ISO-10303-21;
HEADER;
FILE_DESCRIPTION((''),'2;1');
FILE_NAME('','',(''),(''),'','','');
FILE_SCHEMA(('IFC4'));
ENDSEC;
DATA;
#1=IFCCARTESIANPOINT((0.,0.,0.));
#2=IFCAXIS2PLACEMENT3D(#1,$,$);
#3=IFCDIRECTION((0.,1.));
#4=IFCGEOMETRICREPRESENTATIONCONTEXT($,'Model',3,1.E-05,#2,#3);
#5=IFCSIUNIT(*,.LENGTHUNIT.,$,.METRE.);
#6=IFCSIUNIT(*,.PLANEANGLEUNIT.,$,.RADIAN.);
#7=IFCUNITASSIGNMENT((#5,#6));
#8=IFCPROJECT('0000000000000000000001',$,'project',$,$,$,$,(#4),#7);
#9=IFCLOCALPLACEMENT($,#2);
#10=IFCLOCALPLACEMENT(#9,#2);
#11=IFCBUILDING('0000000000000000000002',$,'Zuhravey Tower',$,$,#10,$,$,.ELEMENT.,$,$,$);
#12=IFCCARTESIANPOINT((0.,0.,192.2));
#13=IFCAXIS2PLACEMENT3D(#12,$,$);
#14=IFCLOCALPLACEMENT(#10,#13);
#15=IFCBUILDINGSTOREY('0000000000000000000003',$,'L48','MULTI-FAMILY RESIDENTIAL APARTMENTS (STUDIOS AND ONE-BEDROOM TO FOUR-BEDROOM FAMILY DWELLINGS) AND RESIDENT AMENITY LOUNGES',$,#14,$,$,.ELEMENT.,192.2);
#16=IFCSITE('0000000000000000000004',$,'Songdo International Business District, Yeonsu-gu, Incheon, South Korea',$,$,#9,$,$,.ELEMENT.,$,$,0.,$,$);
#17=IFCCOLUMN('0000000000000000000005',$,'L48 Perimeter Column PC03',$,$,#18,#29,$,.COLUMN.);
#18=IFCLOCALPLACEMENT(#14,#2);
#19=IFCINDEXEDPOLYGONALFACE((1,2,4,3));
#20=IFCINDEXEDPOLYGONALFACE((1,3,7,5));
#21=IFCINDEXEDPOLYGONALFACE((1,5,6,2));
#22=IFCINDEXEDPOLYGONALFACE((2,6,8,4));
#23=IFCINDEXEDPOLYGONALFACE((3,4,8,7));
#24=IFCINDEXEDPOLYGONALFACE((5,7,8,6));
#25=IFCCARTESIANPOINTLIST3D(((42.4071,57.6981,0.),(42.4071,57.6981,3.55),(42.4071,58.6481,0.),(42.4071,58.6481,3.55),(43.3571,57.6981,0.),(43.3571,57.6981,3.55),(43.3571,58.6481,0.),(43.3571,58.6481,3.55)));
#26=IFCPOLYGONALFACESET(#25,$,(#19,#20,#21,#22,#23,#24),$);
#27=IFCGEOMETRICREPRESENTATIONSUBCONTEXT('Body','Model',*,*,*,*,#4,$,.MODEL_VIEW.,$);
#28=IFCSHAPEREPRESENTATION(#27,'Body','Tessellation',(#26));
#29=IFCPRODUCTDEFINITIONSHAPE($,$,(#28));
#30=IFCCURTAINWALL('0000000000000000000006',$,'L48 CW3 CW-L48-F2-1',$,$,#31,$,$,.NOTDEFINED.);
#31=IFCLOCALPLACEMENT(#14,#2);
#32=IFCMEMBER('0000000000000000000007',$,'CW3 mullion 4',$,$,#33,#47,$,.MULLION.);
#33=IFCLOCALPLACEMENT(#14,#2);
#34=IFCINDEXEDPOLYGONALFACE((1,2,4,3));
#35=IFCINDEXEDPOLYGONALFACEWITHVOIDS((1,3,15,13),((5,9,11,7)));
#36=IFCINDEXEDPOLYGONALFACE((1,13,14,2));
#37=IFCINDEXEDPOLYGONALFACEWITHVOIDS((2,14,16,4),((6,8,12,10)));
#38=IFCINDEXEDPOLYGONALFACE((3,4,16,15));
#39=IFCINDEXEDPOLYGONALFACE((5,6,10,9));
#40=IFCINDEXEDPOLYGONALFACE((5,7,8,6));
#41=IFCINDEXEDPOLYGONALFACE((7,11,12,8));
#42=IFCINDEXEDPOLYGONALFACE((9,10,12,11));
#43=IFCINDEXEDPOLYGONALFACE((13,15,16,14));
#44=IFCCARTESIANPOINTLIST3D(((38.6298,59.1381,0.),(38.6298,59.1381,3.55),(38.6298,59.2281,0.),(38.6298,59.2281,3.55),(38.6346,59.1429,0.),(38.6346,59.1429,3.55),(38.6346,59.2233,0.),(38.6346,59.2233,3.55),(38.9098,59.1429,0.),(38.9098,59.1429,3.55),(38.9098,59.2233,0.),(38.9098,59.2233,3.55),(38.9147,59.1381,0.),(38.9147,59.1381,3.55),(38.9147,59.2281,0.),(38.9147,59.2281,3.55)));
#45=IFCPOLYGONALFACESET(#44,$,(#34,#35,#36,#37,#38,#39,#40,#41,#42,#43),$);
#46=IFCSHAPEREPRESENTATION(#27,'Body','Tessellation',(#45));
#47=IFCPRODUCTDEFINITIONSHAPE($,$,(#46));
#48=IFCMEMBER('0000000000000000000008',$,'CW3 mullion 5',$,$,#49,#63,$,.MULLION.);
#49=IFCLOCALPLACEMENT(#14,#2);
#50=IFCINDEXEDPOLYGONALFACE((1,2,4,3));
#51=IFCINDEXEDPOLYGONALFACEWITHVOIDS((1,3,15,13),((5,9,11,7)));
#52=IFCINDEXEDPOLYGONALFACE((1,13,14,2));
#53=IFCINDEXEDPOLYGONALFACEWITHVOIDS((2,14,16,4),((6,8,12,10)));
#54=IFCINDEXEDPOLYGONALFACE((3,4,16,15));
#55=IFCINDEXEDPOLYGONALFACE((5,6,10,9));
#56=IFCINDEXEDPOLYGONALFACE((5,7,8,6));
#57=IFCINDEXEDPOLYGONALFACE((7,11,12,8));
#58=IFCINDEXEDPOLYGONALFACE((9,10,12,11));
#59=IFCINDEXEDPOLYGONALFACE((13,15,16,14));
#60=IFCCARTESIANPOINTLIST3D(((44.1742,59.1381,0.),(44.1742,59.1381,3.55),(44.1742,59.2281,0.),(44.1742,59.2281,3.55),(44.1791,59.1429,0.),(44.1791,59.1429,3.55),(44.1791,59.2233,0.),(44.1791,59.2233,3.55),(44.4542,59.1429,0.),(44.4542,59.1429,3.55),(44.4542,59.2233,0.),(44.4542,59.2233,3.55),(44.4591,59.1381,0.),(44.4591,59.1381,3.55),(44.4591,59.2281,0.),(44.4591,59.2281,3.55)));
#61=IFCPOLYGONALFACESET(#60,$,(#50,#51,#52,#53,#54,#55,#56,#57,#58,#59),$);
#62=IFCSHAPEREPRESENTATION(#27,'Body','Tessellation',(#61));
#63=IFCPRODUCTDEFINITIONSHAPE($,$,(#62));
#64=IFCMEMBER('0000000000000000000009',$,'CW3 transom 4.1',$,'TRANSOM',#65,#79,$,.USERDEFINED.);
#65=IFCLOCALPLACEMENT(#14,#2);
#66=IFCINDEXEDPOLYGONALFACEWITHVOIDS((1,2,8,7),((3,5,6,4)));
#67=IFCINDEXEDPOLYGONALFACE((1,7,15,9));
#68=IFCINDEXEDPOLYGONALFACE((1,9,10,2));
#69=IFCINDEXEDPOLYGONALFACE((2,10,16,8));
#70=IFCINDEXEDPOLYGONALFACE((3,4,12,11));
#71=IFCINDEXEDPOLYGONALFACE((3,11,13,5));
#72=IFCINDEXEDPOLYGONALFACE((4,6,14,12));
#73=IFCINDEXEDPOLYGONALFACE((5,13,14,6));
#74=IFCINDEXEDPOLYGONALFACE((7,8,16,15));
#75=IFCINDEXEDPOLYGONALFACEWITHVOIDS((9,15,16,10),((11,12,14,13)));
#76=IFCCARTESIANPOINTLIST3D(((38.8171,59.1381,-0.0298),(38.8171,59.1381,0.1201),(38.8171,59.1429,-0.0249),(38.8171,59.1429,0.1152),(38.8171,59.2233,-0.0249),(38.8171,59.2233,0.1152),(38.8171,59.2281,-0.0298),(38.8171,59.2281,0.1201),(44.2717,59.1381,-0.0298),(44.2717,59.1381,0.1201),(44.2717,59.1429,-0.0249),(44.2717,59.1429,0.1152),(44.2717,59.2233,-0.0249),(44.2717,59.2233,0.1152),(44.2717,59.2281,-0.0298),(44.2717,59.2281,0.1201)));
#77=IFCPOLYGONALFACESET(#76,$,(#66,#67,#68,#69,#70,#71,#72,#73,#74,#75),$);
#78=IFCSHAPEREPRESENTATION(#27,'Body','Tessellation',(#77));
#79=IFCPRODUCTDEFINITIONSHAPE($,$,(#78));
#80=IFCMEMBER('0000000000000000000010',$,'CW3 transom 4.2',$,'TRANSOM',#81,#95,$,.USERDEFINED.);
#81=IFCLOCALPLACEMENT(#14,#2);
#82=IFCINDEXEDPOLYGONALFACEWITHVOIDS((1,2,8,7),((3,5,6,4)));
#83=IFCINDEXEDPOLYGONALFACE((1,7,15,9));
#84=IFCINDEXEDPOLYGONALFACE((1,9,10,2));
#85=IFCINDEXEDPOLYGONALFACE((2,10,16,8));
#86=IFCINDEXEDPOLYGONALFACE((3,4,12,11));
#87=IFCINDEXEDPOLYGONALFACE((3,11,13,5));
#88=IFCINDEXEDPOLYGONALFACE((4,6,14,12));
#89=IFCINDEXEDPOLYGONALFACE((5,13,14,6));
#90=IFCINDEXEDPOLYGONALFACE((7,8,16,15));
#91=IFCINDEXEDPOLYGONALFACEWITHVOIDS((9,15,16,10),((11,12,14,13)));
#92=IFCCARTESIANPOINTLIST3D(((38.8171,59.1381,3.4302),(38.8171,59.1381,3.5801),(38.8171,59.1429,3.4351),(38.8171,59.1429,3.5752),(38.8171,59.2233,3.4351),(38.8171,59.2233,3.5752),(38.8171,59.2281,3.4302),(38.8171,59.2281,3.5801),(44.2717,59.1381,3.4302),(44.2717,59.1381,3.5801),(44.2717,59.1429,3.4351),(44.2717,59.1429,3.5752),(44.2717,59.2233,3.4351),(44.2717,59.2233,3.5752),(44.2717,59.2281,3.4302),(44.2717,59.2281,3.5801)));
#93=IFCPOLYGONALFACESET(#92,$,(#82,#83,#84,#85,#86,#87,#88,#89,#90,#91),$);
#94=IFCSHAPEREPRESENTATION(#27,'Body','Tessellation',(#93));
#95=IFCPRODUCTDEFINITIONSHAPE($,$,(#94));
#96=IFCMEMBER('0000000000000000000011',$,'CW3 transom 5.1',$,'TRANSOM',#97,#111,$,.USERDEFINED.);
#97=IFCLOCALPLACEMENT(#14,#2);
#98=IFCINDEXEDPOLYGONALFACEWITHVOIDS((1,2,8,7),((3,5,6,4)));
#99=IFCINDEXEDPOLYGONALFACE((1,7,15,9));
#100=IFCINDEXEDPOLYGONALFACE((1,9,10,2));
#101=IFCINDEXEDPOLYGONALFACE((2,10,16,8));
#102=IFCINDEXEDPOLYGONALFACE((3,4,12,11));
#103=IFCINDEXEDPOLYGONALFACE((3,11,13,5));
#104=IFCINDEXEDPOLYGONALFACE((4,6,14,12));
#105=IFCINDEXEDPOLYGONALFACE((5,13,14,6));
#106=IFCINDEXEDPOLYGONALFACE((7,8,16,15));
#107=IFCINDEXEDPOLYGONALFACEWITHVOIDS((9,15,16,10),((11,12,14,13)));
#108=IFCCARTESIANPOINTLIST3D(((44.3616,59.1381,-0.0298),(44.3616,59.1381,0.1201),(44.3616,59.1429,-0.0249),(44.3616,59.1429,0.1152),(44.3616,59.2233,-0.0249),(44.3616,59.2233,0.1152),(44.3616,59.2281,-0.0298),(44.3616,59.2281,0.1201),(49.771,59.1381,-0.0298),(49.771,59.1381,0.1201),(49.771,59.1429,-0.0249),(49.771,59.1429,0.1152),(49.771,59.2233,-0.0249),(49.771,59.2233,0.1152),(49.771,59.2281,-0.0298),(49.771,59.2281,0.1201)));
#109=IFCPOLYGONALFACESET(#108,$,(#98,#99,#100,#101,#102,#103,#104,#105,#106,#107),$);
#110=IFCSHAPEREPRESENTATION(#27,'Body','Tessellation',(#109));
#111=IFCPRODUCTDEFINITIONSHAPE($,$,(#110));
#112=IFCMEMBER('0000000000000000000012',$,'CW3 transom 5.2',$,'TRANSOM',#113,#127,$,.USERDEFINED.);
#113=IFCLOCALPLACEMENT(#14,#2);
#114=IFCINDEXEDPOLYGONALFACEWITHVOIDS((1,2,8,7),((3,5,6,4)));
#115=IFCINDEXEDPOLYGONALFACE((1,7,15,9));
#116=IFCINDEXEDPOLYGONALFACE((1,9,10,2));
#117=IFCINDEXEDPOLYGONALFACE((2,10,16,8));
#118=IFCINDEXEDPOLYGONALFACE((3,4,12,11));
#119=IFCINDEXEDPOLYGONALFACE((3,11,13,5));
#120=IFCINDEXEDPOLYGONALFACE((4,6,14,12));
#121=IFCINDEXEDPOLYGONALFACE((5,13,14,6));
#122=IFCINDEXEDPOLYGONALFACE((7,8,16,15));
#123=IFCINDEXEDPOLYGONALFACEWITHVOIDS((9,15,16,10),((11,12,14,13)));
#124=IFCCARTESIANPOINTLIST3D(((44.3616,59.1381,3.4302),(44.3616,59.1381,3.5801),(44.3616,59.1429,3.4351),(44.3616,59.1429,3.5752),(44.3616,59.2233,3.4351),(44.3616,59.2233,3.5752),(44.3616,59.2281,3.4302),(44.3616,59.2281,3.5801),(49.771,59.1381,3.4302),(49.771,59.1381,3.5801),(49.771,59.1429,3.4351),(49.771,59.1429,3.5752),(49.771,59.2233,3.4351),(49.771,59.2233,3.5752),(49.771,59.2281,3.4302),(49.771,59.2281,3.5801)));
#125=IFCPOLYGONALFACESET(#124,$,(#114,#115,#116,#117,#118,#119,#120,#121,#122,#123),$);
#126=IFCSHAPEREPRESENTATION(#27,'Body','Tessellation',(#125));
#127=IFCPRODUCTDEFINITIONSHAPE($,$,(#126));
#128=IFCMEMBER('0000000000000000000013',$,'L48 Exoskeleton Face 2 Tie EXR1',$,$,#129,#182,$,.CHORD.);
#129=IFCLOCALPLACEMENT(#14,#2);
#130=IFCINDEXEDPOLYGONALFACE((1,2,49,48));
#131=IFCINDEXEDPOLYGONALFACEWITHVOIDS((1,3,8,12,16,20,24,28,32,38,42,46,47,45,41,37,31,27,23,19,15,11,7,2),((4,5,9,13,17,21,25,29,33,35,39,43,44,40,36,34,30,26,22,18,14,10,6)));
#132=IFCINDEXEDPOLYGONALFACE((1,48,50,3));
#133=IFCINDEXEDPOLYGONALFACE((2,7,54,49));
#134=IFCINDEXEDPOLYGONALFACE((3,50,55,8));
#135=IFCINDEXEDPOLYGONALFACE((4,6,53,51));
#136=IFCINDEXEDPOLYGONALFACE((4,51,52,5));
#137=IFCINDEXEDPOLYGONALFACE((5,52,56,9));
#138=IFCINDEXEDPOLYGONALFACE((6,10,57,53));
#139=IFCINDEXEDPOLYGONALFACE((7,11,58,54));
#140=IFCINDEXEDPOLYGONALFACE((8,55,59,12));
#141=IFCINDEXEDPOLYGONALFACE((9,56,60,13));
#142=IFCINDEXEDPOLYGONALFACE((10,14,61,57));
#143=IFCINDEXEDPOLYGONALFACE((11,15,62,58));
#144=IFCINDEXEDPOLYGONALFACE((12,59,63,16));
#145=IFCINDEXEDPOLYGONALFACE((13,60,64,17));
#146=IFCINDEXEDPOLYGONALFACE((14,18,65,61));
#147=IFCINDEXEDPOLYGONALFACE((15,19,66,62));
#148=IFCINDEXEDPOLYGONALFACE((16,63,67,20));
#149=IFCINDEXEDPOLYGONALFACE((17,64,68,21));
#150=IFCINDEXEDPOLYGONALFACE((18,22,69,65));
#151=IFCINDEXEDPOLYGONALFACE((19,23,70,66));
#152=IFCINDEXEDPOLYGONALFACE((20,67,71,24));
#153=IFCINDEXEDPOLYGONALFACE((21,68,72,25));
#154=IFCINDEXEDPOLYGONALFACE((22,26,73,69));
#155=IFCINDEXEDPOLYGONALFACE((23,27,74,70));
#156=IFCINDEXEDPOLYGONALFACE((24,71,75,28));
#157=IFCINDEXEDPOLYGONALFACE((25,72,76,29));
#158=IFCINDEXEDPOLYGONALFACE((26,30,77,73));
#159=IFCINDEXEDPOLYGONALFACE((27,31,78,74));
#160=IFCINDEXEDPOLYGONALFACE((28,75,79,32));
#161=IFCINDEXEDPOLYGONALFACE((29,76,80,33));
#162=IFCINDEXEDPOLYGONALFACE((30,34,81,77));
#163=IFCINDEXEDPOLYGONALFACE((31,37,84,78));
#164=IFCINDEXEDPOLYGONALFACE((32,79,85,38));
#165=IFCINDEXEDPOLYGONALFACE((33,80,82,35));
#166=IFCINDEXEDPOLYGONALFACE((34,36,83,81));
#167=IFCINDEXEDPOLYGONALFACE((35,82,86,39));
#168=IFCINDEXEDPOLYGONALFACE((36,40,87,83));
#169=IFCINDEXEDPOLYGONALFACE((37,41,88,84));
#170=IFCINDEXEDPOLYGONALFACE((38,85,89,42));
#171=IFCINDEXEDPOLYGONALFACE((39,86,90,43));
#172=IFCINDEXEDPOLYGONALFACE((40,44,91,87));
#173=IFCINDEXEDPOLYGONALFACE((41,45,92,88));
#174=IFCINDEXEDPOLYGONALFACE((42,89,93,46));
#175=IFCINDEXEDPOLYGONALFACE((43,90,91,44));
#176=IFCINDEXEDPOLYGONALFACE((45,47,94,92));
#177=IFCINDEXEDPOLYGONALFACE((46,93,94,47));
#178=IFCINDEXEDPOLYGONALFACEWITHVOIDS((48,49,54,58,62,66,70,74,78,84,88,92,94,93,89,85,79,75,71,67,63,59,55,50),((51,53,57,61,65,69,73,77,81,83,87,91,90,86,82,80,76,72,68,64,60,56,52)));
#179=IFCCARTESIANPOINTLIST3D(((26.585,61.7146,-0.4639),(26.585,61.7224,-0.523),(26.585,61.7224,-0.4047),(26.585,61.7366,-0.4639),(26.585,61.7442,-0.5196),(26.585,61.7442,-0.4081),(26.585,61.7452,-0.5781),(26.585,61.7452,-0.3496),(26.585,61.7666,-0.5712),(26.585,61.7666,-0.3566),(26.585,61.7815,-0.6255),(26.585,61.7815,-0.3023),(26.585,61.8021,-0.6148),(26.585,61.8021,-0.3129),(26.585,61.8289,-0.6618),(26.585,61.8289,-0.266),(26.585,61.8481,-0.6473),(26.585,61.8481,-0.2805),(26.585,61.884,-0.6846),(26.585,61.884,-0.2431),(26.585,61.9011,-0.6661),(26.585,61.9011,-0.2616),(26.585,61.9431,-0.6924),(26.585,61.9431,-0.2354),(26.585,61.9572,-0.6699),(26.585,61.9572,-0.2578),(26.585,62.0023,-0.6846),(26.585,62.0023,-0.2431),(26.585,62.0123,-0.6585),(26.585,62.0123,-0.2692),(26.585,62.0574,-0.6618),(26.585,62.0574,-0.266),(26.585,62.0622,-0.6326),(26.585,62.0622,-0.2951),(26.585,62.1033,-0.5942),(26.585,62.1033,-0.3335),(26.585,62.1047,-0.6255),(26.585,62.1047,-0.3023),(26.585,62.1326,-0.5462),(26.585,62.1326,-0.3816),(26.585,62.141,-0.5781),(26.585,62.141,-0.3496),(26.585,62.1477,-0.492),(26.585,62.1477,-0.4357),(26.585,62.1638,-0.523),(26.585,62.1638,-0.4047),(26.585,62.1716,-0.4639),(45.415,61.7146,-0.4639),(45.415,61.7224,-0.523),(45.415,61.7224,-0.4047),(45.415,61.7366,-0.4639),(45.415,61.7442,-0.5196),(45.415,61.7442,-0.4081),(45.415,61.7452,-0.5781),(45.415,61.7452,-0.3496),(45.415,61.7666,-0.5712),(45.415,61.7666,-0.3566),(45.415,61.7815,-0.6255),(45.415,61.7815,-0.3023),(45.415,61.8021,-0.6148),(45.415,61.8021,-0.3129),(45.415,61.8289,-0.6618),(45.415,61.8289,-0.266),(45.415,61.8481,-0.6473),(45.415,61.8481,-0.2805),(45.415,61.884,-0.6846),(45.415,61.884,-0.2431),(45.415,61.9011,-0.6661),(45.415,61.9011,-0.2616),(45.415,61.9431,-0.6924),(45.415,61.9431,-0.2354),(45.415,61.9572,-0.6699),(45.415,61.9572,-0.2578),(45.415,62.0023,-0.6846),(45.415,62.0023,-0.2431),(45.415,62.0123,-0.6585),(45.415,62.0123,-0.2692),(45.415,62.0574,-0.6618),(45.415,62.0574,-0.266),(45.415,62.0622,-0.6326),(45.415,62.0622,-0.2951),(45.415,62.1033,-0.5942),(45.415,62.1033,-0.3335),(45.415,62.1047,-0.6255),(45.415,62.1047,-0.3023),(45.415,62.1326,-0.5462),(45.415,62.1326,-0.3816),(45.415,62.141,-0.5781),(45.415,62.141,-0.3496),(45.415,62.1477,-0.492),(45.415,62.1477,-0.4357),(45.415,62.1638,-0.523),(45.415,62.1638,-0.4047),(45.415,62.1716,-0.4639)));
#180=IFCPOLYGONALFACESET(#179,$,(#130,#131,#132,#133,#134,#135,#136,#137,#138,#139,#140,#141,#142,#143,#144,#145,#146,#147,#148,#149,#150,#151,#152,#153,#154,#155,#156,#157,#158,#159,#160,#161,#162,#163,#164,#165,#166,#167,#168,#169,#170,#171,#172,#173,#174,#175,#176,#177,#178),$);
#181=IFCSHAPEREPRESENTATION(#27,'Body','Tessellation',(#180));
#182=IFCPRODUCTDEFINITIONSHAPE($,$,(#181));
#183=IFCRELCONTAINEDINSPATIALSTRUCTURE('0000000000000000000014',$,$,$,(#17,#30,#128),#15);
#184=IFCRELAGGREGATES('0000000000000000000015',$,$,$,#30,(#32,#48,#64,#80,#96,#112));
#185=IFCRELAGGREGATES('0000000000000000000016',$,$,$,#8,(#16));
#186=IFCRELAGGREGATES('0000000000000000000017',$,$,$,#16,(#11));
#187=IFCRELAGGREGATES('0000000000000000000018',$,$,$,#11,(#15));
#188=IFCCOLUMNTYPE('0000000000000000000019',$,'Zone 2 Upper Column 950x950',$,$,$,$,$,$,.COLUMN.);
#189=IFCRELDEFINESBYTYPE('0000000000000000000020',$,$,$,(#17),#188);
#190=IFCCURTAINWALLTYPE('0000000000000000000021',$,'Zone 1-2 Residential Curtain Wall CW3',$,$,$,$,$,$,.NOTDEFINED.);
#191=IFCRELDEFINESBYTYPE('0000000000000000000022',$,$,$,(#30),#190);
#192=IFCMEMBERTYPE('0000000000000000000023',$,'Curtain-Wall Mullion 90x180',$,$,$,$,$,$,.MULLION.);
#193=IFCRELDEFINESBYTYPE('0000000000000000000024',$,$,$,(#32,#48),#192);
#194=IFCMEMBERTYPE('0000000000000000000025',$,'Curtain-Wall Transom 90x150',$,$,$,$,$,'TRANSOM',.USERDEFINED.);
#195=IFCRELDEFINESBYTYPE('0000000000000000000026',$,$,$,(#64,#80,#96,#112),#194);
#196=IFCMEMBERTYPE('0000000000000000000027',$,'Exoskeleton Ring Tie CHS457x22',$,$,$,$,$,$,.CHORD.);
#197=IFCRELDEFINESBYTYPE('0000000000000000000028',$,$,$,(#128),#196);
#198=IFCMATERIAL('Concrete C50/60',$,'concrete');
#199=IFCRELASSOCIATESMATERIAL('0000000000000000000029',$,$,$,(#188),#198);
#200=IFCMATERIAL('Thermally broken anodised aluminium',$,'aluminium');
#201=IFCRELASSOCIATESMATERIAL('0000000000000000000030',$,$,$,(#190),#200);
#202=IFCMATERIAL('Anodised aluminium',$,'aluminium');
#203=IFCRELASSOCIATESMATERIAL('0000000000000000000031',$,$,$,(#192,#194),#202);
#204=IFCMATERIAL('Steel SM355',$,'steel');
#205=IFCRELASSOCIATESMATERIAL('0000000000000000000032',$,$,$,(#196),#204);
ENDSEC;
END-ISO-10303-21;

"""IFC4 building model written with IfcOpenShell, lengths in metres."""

from ifc_helpers import new_model, si_unit, direction, frame, origin, origin_2d, place, context, subcontext, project, spatial, rectangle, hollow_rectangle, hollow_circle, extrude, material, material_profile, profile_set, type_object, element, aggregate, save


model = new_model("IFC4")

# Units and contexts
model_context = context("Model", 3, precision=1e-05, world=origin(), true_north=direction((0.0, 1.0)))
body_context = subcontext(model_context, "Body", "Model", "MODEL_VIEW")
ifc_project = project(units=[si_unit("LENGTHUNIT", "METRE"), si_unit("PLANEANGLEUNIT", "RADIAN")], contexts=[model_context])

# Site, building, storey
site_placement = place(None, origin())
site = spatial("IfcSite", under=ifc_project, at=site_placement, Name="Songdo International Business District, Yeonsu-gu, Incheon, South Korea", CompositionType="ELEMENT", RefElevation=0.0)
building_placement = place(site_placement, origin())
building = spatial("IfcBuilding", under=site, at=building_placement, Name="Zuhravey Tower", CompositionType="ELEMENT")
storey_placement = place(building_placement, frame((0.0, 0.0, 192.2)))
storey = spatial("IfcBuildingStorey", under=building, at=storey_placement, Name="L48", Description="MULTI-FAMILY RESIDENTIAL APARTMENTS (STUDIOS AND ONE-BEDROOM TO FOUR-BEDROOM FAMILY DWELLINGS) AND RESIDENT AMENITY LOUNGES", CompositionType="ELEMENT", Elevation=192.2)

# Column
ifc_material_1 = material(Name="Concrete C50/60", Category="concrete")
ifc_material_profile_1 = material_profile(ifc_material_1, rectangle(XDim=0.95, YDim=0.95, at=origin_2d()), Name="RC-950x950")
ifc_profile_set_1 = profile_set([ifc_material_profile_1], Name="Concrete C50/60")
column_type = type_object("IfcColumnType", Name="Zone 2 Upper Column 950x950", PredefinedType="COLUMN", material=ifc_profile_set_1)
column_placement = place(storey_placement, frame((42.8821, 58.1731, 0.0), z_axis=(0.0, 0.0, 1.0), x_axis=(-1.0, 0.0, 0.0)))
element("IfcColumn", 1, at=column_placement, inside=storey, type_object=column_type, Name="L48 Perimeter Column PC03", PredefinedType="COLUMN", context=body_context, shape_type="SweptSolid", body=[
    extrude(rectangle(XDim=0.95, YDim=0.95, at=origin_2d()), origin(), (0.0, 0.0, 1.0), 3.55),
])

# Curtain wall, members
ifc_material_2 = material(Name="Thermally broken anodised aluminium", Category="aluminium")
curtain_wall_type = type_object("IfcCurtainWallType", Name="Zone 1-2 Residential Curtain Wall CW3", PredefinedType="NOTDEFINED", material=ifc_material_2)
curtain_wall_placement = place(storey_placement, origin())
curtain_wall = element("IfcCurtainWall", 2, at=curtain_wall_placement, inside=storey, type_object=curtain_wall_type, Name="L48 CW3 CW-L48-F2-1", PredefinedType="NOTDEFINED")
ifc_material_3 = material(Name="Anodised aluminium", Category="aluminium")
ifc_material_profile_2 = material_profile(ifc_material_3, hollow_rectangle(XDim=0.0901, YDim=0.2849, WallThickness=0.0049, at=origin_2d()), Name="ALU-RHS-90x285x5")
ifc_profile_set_2 = profile_set([ifc_material_profile_2], Name="Anodised aluminium")
member_type_1 = type_object("IfcMemberType", Name="Curtain-Wall Mullion 90x180", PredefinedType="MULLION", material=ifc_profile_set_2)
member_1_placement = place(storey_placement, frame((38.7722, 59.1831, 0.0), z_axis=(0.0, 0.0, 1.0), x_axis=(0.0, 1.0, 0.0)))
member_1 = element("IfcMember", 3, at=member_1_placement, type_object=member_type_1, Name="CW3 mullion 4", PredefinedType="MULLION", context=body_context, shape_type="SweptSolid", body=[
    extrude(hollow_rectangle(XDim=0.0901, YDim=0.2849, WallThickness=0.0049, at=origin_2d()), origin(), (0.0, 0.0, 1.0), 3.55),
])
member_2_placement = place(storey_placement, frame((44.3167, 59.1831, 0.0), z_axis=(0.0, 0.0, 1.0), x_axis=(0.0, 1.0, 0.0)))
member_2 = element("IfcMember", 4, at=member_2_placement, type_object=member_type_1, Name="CW3 mullion 5", PredefinedType="MULLION", context=body_context, shape_type="SweptSolid", body=[
    extrude(hollow_rectangle(XDim=0.0901, YDim=0.2849, WallThickness=0.0049, at=origin_2d()), origin(), (0.0, 0.0, 1.0), 3.55),
])
ifc_material_profile_3 = material_profile(ifc_material_3, hollow_rectangle(XDim=0.0901, YDim=0.1499, WallThickness=0.0049, at=origin_2d()), Name="ALU-RHS-90x150x5")
ifc_profile_set_3 = profile_set([ifc_material_profile_3], Name="Anodised aluminium")
member_type_2 = type_object("IfcMemberType", Name="Curtain-Wall Transom 90x150", ElementType="TRANSOM", PredefinedType="USERDEFINED", material=ifc_profile_set_3)
member_3_placement = place(storey_placement, frame((38.8171, 59.1831, 0.0452), z_axis=(1.0, 0.0, 0.0), x_axis=(0.0, 1.0, 0.0)))
member_3 = element("IfcMember", 5, at=member_3_placement, type_object=member_type_2, Name="CW3 transom 4.1", ObjectType="TRANSOM", PredefinedType="USERDEFINED", context=body_context, shape_type="SweptSolid", body=[
    extrude(hollow_rectangle(XDim=0.0901, YDim=0.1499, WallThickness=0.0049, at=origin_2d()), origin(), (0.0, 0.0, 1.0), 5.4546),
])
member_4_placement = place(storey_placement, frame((38.8171, 59.1831, 3.5051), z_axis=(1.0, 0.0, 0.0), x_axis=(0.0, 1.0, 0.0)))
member_4 = element("IfcMember", 6, at=member_4_placement, type_object=member_type_2, Name="CW3 transom 4.2", ObjectType="TRANSOM", PredefinedType="USERDEFINED", context=body_context, shape_type="SweptSolid", body=[
    extrude(hollow_rectangle(XDim=0.0901, YDim=0.1499, WallThickness=0.0049, at=origin_2d()), origin(), (0.0, 0.0, 1.0), 5.4546),
])
member_5_placement = place(storey_placement, frame((44.3616, 59.1831, 0.0452), z_axis=(1.0, 0.0, 0.0), x_axis=(0.0, 1.0, 0.0)))
member_5 = element("IfcMember", 7, at=member_5_placement, type_object=member_type_2, Name="CW3 transom 5.1", ObjectType="TRANSOM", PredefinedType="USERDEFINED", context=body_context, shape_type="SweptSolid", body=[
    extrude(hollow_rectangle(XDim=0.0901, YDim=0.1499, WallThickness=0.0049, at=origin_2d()), origin(), (0.0, 0.0, 1.0), 5.4094),
])
member_6_placement = place(storey_placement, frame((44.3616, 59.1831, 3.5051), z_axis=(1.0, 0.0, 0.0), x_axis=(0.0, 1.0, 0.0)))
member_6 = element("IfcMember", 8, at=member_6_placement, type_object=member_type_2, Name="CW3 transom 5.2", ObjectType="TRANSOM", PredefinedType="USERDEFINED", context=body_context, shape_type="SweptSolid", body=[
    extrude(hollow_rectangle(XDim=0.0901, YDim=0.1499, WallThickness=0.0049, at=origin_2d()), origin(), (0.0, 0.0, 1.0), 5.4094),
])

# Member
ifc_material_4 = material(Name="Steel SM355", Category="steel")
ifc_material_profile_4 = material_profile(ifc_material_4, hollow_circle(Radius=0.2285, WallThickness=0.022, at=origin_2d()), Name="CHS-457.2x22")
ifc_profile_set_4 = profile_set([ifc_material_profile_4], Name="Steel SM355")
member_type_3 = type_object("IfcMemberType", Name="Exoskeleton Ring Tie CHS457x22", PredefinedType="CHORD", material=ifc_profile_set_4)
member_7_placement = place(storey_placement, frame((45.415, 61.9431, -0.4639), z_axis=(-1.0, 0.0, 0.0), x_axis=(0.0, -1.0, 0.0)))
element("IfcMember", 9, at=member_7_placement, inside=storey, type_object=member_type_3, Name="L48 Exoskeleton Face 2 Tie EXR1", PredefinedType="CHORD", context=body_context, shape_type="SweptSolid", body=[
    extrude(hollow_circle(Radius=0.2285, WallThickness=0.022, at=origin_2d()), origin(), (0.0, 0.0, 1.0), 18.8301),
])

aggregate(curtain_wall, [member_1, member_2, member_3, member_4, member_5, member_6])

save(model, "model.ifc")
